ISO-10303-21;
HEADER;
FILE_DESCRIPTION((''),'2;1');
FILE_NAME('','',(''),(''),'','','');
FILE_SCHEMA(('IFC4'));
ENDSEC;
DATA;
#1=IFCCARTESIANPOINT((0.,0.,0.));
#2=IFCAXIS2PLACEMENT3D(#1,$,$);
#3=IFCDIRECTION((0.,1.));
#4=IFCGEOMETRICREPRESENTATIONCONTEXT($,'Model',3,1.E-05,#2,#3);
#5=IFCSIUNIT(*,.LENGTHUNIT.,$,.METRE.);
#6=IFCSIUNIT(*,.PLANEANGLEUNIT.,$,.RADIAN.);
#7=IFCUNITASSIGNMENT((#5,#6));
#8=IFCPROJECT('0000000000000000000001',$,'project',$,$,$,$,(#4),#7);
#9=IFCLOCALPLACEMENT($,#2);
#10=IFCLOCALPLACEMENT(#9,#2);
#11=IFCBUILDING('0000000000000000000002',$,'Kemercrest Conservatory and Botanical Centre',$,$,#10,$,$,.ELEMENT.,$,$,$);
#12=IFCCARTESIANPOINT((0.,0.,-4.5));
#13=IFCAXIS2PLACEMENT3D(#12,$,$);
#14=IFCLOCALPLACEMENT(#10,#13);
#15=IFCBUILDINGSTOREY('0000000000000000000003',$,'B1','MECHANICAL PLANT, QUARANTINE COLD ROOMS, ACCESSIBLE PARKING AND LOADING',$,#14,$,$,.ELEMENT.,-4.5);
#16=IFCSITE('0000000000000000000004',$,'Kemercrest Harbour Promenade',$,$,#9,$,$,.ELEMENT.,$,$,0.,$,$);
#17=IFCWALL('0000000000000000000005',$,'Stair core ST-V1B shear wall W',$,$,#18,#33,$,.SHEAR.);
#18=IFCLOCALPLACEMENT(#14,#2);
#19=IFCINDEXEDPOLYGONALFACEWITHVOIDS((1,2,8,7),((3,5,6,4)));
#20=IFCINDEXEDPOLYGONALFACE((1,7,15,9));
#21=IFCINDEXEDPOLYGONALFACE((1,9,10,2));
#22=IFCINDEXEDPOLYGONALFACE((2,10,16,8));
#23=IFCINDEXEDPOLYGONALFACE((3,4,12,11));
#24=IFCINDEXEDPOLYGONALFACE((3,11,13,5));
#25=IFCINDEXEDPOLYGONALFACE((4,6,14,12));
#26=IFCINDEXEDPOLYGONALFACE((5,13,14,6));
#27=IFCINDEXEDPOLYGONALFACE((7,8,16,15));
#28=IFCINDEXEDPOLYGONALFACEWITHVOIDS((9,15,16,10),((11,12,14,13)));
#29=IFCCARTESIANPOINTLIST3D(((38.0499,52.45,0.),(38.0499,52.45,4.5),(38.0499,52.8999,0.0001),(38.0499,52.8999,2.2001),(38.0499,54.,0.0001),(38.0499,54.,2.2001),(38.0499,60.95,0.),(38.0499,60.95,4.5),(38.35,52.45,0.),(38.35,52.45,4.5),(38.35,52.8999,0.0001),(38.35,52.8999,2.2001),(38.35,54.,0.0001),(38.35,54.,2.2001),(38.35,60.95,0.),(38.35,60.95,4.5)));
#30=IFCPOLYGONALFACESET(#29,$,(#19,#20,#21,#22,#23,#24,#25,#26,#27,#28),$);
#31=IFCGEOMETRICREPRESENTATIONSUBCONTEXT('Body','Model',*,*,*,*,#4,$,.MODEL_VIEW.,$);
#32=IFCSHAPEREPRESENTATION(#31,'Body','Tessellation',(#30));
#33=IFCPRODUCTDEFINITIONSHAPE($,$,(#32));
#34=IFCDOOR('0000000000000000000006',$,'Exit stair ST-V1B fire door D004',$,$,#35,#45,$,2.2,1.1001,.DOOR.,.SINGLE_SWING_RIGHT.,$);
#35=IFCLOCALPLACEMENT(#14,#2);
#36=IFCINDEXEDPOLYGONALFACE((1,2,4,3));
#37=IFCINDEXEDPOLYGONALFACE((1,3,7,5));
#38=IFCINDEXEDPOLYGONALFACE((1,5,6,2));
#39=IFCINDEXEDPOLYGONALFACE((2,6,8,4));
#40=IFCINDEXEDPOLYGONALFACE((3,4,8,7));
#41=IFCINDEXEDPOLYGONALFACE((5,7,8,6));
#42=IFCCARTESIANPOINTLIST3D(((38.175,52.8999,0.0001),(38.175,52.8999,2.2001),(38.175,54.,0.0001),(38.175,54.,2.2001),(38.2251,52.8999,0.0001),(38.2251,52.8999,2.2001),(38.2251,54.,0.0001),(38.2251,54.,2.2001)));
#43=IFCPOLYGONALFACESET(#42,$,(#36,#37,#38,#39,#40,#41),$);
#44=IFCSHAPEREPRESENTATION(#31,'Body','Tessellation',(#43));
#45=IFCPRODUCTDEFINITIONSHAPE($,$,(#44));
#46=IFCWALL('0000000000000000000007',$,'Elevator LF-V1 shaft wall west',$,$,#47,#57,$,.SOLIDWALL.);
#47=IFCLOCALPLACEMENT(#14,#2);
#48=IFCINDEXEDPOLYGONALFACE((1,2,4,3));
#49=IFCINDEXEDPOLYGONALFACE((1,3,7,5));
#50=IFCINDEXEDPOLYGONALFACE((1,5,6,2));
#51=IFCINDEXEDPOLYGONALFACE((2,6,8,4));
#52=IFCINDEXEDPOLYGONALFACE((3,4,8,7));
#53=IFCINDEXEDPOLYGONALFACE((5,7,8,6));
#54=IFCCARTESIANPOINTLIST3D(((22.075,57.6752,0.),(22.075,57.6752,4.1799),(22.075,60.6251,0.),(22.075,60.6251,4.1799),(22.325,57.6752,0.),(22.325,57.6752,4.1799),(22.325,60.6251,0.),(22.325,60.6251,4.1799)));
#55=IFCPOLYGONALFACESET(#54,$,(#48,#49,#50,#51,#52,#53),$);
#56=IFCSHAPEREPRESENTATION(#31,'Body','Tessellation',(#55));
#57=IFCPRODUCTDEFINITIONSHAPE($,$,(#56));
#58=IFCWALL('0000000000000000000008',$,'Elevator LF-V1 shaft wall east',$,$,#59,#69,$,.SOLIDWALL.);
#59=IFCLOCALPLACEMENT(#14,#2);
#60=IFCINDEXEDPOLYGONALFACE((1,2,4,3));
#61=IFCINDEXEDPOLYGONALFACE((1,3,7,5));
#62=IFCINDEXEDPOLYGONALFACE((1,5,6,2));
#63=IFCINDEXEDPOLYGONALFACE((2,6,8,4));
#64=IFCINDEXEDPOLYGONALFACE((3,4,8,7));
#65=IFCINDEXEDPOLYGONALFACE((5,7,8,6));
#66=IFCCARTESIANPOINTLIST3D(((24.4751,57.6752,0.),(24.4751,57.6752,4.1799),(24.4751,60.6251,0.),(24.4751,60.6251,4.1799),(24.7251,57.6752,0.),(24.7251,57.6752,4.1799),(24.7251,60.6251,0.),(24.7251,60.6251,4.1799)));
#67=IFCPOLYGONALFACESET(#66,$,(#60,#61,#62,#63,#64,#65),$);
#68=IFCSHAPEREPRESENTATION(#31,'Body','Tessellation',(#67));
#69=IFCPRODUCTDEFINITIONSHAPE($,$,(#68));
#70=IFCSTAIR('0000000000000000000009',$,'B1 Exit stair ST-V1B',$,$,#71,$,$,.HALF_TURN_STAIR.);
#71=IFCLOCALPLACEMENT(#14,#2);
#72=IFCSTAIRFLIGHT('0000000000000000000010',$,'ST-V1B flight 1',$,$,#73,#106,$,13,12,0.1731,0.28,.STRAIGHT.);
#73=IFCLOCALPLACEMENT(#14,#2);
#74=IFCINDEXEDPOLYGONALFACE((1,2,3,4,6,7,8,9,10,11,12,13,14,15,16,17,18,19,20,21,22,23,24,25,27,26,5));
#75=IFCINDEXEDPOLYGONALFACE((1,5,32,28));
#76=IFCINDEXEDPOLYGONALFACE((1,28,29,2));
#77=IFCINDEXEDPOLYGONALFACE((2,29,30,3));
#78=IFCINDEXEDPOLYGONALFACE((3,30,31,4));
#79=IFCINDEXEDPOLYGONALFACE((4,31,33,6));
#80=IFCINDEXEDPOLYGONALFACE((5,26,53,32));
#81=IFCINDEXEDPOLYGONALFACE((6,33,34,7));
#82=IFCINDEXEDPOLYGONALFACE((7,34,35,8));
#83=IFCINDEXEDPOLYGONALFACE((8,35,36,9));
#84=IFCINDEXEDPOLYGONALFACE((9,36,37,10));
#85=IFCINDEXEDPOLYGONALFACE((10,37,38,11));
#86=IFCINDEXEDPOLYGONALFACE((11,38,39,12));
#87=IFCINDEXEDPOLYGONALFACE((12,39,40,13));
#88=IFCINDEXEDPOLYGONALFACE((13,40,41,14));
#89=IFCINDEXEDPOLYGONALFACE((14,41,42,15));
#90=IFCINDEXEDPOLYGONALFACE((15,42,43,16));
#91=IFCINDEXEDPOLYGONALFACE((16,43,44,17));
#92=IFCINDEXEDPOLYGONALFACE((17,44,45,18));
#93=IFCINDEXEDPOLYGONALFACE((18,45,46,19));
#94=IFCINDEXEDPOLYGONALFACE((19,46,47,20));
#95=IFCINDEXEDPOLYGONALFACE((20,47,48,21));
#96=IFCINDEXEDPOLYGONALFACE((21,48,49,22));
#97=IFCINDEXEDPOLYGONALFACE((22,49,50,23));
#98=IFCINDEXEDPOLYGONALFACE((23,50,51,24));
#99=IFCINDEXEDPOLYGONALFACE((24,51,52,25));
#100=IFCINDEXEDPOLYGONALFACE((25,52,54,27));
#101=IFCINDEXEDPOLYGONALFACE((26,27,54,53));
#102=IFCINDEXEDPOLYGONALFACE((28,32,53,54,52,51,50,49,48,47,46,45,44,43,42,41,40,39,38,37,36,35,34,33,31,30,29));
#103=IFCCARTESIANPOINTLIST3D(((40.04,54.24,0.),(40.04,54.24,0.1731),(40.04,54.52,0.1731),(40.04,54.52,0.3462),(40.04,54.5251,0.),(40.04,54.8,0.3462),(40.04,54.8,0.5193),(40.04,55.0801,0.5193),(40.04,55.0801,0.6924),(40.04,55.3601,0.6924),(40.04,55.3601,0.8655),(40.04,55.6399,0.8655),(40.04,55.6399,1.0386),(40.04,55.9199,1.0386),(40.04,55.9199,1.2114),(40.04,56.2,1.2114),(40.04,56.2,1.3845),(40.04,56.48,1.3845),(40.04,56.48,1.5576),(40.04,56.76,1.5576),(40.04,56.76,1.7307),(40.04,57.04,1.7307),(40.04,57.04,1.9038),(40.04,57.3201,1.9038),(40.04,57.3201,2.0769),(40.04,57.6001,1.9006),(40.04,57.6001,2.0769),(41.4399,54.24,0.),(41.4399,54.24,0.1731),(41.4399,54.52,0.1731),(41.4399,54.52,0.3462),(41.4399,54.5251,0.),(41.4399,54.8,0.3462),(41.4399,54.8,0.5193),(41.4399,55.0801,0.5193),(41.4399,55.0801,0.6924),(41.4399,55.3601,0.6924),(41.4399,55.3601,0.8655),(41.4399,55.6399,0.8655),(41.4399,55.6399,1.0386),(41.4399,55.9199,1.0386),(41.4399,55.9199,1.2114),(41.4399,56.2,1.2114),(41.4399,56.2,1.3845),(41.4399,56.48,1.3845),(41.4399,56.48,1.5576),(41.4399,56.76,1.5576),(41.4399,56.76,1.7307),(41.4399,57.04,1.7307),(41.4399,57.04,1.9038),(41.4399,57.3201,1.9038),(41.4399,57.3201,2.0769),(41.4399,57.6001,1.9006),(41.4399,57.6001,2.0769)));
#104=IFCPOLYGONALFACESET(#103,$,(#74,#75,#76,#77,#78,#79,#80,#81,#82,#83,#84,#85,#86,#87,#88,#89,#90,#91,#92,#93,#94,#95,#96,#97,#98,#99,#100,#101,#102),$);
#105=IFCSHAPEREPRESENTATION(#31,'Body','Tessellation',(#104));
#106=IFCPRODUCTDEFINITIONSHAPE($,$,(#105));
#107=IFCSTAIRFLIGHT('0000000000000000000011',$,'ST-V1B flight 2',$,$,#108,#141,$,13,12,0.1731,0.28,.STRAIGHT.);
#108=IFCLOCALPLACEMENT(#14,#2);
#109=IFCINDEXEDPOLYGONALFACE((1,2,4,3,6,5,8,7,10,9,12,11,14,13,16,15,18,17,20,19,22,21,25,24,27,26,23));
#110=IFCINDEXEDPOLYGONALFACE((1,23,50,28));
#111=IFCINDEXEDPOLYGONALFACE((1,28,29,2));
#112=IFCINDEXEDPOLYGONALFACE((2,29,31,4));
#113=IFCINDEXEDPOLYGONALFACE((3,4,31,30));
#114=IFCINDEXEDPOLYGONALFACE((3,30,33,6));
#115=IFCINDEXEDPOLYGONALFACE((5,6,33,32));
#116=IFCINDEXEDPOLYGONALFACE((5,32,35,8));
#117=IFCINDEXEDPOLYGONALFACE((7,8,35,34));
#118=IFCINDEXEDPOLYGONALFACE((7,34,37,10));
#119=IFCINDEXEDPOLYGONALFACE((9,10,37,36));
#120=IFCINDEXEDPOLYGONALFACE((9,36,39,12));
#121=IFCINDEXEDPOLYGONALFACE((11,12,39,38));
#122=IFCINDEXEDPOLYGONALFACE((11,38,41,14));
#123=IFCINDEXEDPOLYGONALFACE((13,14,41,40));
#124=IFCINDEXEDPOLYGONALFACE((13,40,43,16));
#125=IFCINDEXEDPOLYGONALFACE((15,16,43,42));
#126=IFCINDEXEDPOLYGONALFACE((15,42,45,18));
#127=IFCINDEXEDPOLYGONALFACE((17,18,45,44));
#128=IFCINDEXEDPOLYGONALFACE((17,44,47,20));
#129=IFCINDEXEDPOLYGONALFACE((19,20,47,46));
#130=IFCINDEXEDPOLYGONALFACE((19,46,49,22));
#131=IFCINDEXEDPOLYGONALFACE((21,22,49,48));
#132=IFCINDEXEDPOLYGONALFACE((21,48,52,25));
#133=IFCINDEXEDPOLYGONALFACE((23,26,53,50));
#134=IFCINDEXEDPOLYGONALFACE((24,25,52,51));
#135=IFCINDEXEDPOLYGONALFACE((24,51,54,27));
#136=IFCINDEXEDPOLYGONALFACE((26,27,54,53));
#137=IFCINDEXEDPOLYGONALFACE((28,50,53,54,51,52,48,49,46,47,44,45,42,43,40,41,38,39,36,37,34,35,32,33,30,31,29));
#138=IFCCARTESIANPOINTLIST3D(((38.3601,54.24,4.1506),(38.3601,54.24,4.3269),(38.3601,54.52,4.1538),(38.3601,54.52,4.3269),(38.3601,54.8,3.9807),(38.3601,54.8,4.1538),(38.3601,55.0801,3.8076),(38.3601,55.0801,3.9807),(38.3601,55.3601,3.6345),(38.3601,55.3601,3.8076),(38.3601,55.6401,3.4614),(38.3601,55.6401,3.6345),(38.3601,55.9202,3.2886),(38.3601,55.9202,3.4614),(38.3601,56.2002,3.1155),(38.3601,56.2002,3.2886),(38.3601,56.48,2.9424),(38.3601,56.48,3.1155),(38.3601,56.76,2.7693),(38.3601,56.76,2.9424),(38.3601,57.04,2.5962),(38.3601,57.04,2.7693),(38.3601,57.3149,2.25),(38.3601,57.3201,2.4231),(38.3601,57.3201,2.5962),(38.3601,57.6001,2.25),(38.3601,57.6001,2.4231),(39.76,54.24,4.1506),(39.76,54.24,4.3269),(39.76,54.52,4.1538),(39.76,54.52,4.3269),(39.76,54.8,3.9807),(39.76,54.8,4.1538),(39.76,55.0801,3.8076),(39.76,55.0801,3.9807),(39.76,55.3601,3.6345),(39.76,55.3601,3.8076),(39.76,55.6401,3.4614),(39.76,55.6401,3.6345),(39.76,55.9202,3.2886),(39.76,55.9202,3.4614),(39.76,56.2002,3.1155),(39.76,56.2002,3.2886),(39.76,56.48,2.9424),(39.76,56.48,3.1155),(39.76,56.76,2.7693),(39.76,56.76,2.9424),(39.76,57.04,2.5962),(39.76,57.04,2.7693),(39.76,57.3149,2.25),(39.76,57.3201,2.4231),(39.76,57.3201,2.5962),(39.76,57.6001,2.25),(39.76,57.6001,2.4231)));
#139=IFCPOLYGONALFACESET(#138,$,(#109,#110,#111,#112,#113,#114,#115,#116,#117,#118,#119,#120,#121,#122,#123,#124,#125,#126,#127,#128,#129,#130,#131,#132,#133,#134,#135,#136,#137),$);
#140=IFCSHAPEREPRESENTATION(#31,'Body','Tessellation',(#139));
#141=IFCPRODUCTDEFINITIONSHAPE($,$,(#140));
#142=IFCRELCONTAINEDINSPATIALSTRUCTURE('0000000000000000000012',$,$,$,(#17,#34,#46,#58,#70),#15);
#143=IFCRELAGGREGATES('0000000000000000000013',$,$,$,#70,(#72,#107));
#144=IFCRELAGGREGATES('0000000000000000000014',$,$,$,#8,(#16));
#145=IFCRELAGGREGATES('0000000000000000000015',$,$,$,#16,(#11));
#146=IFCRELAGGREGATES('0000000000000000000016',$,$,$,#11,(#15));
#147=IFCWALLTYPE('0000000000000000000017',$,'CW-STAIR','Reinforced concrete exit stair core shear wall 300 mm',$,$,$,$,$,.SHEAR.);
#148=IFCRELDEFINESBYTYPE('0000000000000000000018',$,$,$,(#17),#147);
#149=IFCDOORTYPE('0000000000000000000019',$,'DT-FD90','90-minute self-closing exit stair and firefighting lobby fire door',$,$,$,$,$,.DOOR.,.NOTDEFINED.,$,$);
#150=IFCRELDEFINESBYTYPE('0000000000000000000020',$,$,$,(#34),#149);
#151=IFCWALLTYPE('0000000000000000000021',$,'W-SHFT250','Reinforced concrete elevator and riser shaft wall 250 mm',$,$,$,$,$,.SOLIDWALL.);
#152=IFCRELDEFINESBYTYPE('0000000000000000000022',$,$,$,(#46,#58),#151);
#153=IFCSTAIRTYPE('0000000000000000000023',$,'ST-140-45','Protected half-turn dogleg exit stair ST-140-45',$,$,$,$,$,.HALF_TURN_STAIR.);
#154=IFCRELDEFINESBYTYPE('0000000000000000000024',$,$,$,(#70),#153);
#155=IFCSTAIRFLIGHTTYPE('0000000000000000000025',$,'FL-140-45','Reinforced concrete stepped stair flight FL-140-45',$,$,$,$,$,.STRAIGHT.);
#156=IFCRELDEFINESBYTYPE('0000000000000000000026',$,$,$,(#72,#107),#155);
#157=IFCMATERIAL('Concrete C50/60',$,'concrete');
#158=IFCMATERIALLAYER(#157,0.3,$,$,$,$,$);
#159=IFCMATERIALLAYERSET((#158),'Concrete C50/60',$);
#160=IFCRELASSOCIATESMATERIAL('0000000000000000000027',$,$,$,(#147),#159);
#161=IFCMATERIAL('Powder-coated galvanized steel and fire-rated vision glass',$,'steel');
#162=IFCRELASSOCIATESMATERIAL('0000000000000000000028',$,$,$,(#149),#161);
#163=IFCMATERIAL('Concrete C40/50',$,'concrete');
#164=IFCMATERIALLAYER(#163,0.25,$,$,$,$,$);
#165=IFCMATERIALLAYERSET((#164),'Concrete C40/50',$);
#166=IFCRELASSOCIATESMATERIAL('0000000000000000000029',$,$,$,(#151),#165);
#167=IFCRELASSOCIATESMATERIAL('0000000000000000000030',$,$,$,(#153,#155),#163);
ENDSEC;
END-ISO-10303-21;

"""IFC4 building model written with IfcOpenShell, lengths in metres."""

from ifc_helpers import new_model, si_unit, direction, frame, frame_2d, origin, place, context, subcontext, project, spatial, polyline, rectangle, outline, extrude, material, layer, layer_set, type_object, element, fill, aggregate, save


model = new_model("IFC4")

# Units and contexts
model_context = context("Model", 3, precision=1e-05, world=origin(), true_north=direction((0.0, 1.0)))
body_context = subcontext(model_context, "Body", "Model", "MODEL_VIEW")
ifc_project = project(units=[si_unit("LENGTHUNIT", "METRE"), si_unit("PLANEANGLEUNIT", "RADIAN")], contexts=[model_context])

# Site, building, storey
site_placement = place(None, origin())
site = spatial("IfcSite", under=ifc_project, at=site_placement, Name="Kemercrest Harbour Promenade", CompositionType="ELEMENT", RefElevation=0.0)
building_placement = place(site_placement, origin())
building = spatial("IfcBuilding", under=site, at=building_placement, Name="Kemercrest Conservatory and Botanical Centre", CompositionType="ELEMENT")
storey_placement = place(building_placement, frame((0.0, 0.0, -4.5)))
storey = spatial("IfcBuildingStorey", under=building, at=storey_placement, Name="B1", Description="MECHANICAL PLANT, QUARANTINE COLD ROOMS, ACCESSIBLE PARKING AND LOADING", CompositionType="ELEMENT", Elevation=-4.5)

# Shared definitions
ifc_material_1 = material(Name="Concrete C40/50", Category="concrete")

# Shared definitions
ifc_material_2 = material(Name="Concrete C50/60", Category="concrete")

# Shared definitions
ifc_layer_1 = layer(ifc_material_2, 0.3)
ifc_layer_set_1 = layer_set([ifc_layer_1], Name="Concrete C50/60")
wall_type_1 = type_object("IfcWallType", Name="CW-STAIR", Description="Reinforced concrete exit stair core shear wall 300 mm", PredefinedType="SHEAR", material=ifc_layer_set_1)

# Wall, opening, door
wall_1_placement = place(storey_placement, frame((38.2, 52.45, 0.0), z_axis=(0.0, 0.0, 1.0), x_axis=(0.0, 1.0, 0.0)))
wall_1 = element("IfcWall", 1, at=wall_1_placement, inside=storey, type_object=wall_type_1, Name="Stair core ST-V1B shear wall W", PredefinedType="SHEAR", context=body_context, shape_type="SweptSolid", body=[
    extrude(rectangle(XDim=8.5, YDim=0.3, at=frame_2d((4.25, 0.0))), origin(), (0.0, 0.0, 1.0), 4.5),
])
opening_placement = place(wall_1_placement, frame((0.45, 0.0, 0.0)))
opening = element("IfcOpeningElement", 2, at=opening_placement, cuts=wall_1, PredefinedType="OPENING", context=body_context, shape_type="SweptSolid", body=[
    extrude(rectangle(XDim=1.1001, YDim=2.2, at=frame_2d((0.55, 1.1001))), frame((0.0, 0.1602, 0.0), z_axis=(0.0, -1.0, 0.0), x_axis=(1.0, 0.0, 0.0)), (0.0, 0.0, 1.0), 0.3201),
])
ifc_material_3 = material(Name="Powder-coated galvanized steel and fire-rated vision glass", Category="steel")
door_type = type_object("IfcDoorType", Name="DT-FD90", Description="90-minute self-closing exit stair and firefighting lobby fire door", OperationType="NOTDEFINED", PredefinedType="DOOR", material=ifc_material_3)
door_placement = place(opening_placement, origin())
door = element("IfcDoor", 3, at=door_placement, inside=storey, type_object=door_type, Name="Exit stair ST-V1B fire door D004", OperationType="SINGLE_SWING_RIGHT", OverallHeight=2.2, OverallWidth=1.1001, PredefinedType="DOOR", context=body_context, shape_type="SweptSolid", body=[
    extrude(rectangle(XDim=1.1001, YDim=2.2, at=frame_2d((0.55, 1.1001))), frame((0.0, 0.0249, 0.0), z_axis=(0.0, -1.0, 0.0), x_axis=(1.0, 0.0, 0.0)), (0.0, 0.0, 1.0), 0.05),
])
fill(opening, door)

# Walls
ifc_layer_2 = layer(ifc_material_1, 0.25)
ifc_layer_set_2 = layer_set([ifc_layer_2], Name="Concrete C40/50")
wall_type_2 = type_object("IfcWallType", Name="W-SHFT250", Description="Reinforced concrete elevator and riser shaft wall 250 mm", PredefinedType="SOLIDWALL", material=ifc_layer_set_2)
for number, where, z_axis, x_axis, name in (
    (4, (22.2, 57.675, 0.0), (0.0, 0.0, 1.0), (0.0, 1.0, 0.0), "Elevator LF-V1 shaft wall west"),
    (5, (24.6001, 57.675, 0.0), (0.0, 0.0, 1.0), (0.0, 1.0, 0.0), "Elevator LF-V1 shaft wall east"),
):
    element("IfcWall", number, at=place(storey_placement, frame(where, z_axis=z_axis, x_axis=x_axis)), inside=storey, type_object=wall_type_2, Name=name, PredefinedType="SOLIDWALL", context=body_context, shape_type="SweptSolid", body=[
        extrude(rectangle(XDim=2.95, YDim=0.25, at=frame_2d((1.4751, 0.0))), origin(), (0.0, 0.0, 1.0), 4.1799),
    ])

# Stair, stair flights
stair_type = type_object("IfcStairType", Name="ST-140-45", Description="Protected half-turn dogleg exit stair ST-140-45", PredefinedType="HALF_TURN_STAIR", material=ifc_material_1)
stair_placement = place(storey_placement, origin())
stair = element("IfcStair", 6, at=stair_placement, inside=storey, type_object=stair_type, Name="B1 Exit stair ST-V1B", PredefinedType="HALF_TURN_STAIR")
stair_flight_type = type_object("IfcStairFlightType", Name="FL-140-45", Description="Reinforced concrete stepped stair flight FL-140-45", PredefinedType="STRAIGHT", material=ifc_material_1)
stair_flight_1_placement = place(storey_placement, frame((40.74, 54.24, 0.0), z_axis=(0.0, 0.0, 1.0), x_axis=(0.0, 1.0, 0.0)))
stair_flight_1 = element("IfcStairFlight", 7, at=stair_flight_1_placement, type_object=stair_flight_type, Name="ST-V1B flight 1", NumberOfRisers=13, NumberOfTreads=12, PredefinedType="STRAIGHT", RiserHeight=0.1731, TreadLength=0.28, context=body_context, shape_type="SweptSolid", body=[
    extrude(outline(polyline([(0.0, 0.0), (0.0, 0.1731), (0.28, 0.1731), (0.28, 0.3462), (0.5601, 0.3462), (0.5601, 0.5193), (0.8401, 0.5193), (0.8401, 0.6924), (1.1201, 0.6924), (1.1201, 0.8655), (1.3999, 0.8655), (1.3999, 1.0386), (1.6799, 1.0386), (1.6799, 1.2114), (1.96, 1.2114), (1.96, 1.3845), (2.24, 1.3845), (2.24, 1.5576), (2.52, 1.5576), (2.52, 1.7307), (2.8, 1.7307), (2.8, 1.9038), (3.0801, 1.9038), (3.0801, 2.0769), (3.3601, 2.0769), (3.3601, 2.25), (3.3601, 1.9006), (0.2852, 0.0), (0.0, 0.0)])), frame((0.0, 0.7, 0.0), z_axis=(0.0, -1.0, 0.0), x_axis=(1.0, 0.0, 0.0)), (0.0, 0.0, 1.0), 1.3999),
])
stair_flight_2_placement = place(storey_placement, frame((39.0601, 57.6001, 2.25), z_axis=(0.0, 0.0, 1.0), x_axis=(0.0, -1.0, 0.0)))
stair_flight_2 = element("IfcStairFlight", 8, at=stair_flight_2_placement, type_object=stair_flight_type, Name="ST-V1B flight 2", NumberOfRisers=13, NumberOfTreads=12, PredefinedType="STRAIGHT", RiserHeight=0.1731, TreadLength=0.28, context=body_context, shape_type="SweptSolid", body=[
    extrude(outline(polyline([(0.0, 0.0), (0.0, 0.1731), (0.28, 0.1731), (0.28, 0.3462), (0.5601, 0.3462), (0.5601, 0.5193), (0.8401, 0.5193), (0.8401, 0.6924), (1.1201, 0.6924), (1.1201, 0.8655), (1.3999, 0.8655), (1.3999, 1.0386), (1.6799, 1.0386), (1.6799, 1.2114), (1.96, 1.2114), (1.96, 1.3845), (2.24, 1.3845), (2.24, 1.5576), (2.52, 1.5576), (2.52, 1.7307), (2.8, 1.7307), (2.8, 1.9038), (3.0801, 1.9038), (3.0801, 2.0769), (3.3601, 2.0769), (3.3601, 2.25), (3.3601, 1.9006), (0.2852, 0.0), (0.0, 0.0)])), frame((0.0, 0.7, 0.0), z_axis=(0.0, -1.0, 0.0), x_axis=(1.0, 0.0, 0.0)), (0.0, 0.0, 1.0), 1.3999),
])
aggregate(stair, [stair_flight_1, stair_flight_2])

save(model, "model.ifc")
